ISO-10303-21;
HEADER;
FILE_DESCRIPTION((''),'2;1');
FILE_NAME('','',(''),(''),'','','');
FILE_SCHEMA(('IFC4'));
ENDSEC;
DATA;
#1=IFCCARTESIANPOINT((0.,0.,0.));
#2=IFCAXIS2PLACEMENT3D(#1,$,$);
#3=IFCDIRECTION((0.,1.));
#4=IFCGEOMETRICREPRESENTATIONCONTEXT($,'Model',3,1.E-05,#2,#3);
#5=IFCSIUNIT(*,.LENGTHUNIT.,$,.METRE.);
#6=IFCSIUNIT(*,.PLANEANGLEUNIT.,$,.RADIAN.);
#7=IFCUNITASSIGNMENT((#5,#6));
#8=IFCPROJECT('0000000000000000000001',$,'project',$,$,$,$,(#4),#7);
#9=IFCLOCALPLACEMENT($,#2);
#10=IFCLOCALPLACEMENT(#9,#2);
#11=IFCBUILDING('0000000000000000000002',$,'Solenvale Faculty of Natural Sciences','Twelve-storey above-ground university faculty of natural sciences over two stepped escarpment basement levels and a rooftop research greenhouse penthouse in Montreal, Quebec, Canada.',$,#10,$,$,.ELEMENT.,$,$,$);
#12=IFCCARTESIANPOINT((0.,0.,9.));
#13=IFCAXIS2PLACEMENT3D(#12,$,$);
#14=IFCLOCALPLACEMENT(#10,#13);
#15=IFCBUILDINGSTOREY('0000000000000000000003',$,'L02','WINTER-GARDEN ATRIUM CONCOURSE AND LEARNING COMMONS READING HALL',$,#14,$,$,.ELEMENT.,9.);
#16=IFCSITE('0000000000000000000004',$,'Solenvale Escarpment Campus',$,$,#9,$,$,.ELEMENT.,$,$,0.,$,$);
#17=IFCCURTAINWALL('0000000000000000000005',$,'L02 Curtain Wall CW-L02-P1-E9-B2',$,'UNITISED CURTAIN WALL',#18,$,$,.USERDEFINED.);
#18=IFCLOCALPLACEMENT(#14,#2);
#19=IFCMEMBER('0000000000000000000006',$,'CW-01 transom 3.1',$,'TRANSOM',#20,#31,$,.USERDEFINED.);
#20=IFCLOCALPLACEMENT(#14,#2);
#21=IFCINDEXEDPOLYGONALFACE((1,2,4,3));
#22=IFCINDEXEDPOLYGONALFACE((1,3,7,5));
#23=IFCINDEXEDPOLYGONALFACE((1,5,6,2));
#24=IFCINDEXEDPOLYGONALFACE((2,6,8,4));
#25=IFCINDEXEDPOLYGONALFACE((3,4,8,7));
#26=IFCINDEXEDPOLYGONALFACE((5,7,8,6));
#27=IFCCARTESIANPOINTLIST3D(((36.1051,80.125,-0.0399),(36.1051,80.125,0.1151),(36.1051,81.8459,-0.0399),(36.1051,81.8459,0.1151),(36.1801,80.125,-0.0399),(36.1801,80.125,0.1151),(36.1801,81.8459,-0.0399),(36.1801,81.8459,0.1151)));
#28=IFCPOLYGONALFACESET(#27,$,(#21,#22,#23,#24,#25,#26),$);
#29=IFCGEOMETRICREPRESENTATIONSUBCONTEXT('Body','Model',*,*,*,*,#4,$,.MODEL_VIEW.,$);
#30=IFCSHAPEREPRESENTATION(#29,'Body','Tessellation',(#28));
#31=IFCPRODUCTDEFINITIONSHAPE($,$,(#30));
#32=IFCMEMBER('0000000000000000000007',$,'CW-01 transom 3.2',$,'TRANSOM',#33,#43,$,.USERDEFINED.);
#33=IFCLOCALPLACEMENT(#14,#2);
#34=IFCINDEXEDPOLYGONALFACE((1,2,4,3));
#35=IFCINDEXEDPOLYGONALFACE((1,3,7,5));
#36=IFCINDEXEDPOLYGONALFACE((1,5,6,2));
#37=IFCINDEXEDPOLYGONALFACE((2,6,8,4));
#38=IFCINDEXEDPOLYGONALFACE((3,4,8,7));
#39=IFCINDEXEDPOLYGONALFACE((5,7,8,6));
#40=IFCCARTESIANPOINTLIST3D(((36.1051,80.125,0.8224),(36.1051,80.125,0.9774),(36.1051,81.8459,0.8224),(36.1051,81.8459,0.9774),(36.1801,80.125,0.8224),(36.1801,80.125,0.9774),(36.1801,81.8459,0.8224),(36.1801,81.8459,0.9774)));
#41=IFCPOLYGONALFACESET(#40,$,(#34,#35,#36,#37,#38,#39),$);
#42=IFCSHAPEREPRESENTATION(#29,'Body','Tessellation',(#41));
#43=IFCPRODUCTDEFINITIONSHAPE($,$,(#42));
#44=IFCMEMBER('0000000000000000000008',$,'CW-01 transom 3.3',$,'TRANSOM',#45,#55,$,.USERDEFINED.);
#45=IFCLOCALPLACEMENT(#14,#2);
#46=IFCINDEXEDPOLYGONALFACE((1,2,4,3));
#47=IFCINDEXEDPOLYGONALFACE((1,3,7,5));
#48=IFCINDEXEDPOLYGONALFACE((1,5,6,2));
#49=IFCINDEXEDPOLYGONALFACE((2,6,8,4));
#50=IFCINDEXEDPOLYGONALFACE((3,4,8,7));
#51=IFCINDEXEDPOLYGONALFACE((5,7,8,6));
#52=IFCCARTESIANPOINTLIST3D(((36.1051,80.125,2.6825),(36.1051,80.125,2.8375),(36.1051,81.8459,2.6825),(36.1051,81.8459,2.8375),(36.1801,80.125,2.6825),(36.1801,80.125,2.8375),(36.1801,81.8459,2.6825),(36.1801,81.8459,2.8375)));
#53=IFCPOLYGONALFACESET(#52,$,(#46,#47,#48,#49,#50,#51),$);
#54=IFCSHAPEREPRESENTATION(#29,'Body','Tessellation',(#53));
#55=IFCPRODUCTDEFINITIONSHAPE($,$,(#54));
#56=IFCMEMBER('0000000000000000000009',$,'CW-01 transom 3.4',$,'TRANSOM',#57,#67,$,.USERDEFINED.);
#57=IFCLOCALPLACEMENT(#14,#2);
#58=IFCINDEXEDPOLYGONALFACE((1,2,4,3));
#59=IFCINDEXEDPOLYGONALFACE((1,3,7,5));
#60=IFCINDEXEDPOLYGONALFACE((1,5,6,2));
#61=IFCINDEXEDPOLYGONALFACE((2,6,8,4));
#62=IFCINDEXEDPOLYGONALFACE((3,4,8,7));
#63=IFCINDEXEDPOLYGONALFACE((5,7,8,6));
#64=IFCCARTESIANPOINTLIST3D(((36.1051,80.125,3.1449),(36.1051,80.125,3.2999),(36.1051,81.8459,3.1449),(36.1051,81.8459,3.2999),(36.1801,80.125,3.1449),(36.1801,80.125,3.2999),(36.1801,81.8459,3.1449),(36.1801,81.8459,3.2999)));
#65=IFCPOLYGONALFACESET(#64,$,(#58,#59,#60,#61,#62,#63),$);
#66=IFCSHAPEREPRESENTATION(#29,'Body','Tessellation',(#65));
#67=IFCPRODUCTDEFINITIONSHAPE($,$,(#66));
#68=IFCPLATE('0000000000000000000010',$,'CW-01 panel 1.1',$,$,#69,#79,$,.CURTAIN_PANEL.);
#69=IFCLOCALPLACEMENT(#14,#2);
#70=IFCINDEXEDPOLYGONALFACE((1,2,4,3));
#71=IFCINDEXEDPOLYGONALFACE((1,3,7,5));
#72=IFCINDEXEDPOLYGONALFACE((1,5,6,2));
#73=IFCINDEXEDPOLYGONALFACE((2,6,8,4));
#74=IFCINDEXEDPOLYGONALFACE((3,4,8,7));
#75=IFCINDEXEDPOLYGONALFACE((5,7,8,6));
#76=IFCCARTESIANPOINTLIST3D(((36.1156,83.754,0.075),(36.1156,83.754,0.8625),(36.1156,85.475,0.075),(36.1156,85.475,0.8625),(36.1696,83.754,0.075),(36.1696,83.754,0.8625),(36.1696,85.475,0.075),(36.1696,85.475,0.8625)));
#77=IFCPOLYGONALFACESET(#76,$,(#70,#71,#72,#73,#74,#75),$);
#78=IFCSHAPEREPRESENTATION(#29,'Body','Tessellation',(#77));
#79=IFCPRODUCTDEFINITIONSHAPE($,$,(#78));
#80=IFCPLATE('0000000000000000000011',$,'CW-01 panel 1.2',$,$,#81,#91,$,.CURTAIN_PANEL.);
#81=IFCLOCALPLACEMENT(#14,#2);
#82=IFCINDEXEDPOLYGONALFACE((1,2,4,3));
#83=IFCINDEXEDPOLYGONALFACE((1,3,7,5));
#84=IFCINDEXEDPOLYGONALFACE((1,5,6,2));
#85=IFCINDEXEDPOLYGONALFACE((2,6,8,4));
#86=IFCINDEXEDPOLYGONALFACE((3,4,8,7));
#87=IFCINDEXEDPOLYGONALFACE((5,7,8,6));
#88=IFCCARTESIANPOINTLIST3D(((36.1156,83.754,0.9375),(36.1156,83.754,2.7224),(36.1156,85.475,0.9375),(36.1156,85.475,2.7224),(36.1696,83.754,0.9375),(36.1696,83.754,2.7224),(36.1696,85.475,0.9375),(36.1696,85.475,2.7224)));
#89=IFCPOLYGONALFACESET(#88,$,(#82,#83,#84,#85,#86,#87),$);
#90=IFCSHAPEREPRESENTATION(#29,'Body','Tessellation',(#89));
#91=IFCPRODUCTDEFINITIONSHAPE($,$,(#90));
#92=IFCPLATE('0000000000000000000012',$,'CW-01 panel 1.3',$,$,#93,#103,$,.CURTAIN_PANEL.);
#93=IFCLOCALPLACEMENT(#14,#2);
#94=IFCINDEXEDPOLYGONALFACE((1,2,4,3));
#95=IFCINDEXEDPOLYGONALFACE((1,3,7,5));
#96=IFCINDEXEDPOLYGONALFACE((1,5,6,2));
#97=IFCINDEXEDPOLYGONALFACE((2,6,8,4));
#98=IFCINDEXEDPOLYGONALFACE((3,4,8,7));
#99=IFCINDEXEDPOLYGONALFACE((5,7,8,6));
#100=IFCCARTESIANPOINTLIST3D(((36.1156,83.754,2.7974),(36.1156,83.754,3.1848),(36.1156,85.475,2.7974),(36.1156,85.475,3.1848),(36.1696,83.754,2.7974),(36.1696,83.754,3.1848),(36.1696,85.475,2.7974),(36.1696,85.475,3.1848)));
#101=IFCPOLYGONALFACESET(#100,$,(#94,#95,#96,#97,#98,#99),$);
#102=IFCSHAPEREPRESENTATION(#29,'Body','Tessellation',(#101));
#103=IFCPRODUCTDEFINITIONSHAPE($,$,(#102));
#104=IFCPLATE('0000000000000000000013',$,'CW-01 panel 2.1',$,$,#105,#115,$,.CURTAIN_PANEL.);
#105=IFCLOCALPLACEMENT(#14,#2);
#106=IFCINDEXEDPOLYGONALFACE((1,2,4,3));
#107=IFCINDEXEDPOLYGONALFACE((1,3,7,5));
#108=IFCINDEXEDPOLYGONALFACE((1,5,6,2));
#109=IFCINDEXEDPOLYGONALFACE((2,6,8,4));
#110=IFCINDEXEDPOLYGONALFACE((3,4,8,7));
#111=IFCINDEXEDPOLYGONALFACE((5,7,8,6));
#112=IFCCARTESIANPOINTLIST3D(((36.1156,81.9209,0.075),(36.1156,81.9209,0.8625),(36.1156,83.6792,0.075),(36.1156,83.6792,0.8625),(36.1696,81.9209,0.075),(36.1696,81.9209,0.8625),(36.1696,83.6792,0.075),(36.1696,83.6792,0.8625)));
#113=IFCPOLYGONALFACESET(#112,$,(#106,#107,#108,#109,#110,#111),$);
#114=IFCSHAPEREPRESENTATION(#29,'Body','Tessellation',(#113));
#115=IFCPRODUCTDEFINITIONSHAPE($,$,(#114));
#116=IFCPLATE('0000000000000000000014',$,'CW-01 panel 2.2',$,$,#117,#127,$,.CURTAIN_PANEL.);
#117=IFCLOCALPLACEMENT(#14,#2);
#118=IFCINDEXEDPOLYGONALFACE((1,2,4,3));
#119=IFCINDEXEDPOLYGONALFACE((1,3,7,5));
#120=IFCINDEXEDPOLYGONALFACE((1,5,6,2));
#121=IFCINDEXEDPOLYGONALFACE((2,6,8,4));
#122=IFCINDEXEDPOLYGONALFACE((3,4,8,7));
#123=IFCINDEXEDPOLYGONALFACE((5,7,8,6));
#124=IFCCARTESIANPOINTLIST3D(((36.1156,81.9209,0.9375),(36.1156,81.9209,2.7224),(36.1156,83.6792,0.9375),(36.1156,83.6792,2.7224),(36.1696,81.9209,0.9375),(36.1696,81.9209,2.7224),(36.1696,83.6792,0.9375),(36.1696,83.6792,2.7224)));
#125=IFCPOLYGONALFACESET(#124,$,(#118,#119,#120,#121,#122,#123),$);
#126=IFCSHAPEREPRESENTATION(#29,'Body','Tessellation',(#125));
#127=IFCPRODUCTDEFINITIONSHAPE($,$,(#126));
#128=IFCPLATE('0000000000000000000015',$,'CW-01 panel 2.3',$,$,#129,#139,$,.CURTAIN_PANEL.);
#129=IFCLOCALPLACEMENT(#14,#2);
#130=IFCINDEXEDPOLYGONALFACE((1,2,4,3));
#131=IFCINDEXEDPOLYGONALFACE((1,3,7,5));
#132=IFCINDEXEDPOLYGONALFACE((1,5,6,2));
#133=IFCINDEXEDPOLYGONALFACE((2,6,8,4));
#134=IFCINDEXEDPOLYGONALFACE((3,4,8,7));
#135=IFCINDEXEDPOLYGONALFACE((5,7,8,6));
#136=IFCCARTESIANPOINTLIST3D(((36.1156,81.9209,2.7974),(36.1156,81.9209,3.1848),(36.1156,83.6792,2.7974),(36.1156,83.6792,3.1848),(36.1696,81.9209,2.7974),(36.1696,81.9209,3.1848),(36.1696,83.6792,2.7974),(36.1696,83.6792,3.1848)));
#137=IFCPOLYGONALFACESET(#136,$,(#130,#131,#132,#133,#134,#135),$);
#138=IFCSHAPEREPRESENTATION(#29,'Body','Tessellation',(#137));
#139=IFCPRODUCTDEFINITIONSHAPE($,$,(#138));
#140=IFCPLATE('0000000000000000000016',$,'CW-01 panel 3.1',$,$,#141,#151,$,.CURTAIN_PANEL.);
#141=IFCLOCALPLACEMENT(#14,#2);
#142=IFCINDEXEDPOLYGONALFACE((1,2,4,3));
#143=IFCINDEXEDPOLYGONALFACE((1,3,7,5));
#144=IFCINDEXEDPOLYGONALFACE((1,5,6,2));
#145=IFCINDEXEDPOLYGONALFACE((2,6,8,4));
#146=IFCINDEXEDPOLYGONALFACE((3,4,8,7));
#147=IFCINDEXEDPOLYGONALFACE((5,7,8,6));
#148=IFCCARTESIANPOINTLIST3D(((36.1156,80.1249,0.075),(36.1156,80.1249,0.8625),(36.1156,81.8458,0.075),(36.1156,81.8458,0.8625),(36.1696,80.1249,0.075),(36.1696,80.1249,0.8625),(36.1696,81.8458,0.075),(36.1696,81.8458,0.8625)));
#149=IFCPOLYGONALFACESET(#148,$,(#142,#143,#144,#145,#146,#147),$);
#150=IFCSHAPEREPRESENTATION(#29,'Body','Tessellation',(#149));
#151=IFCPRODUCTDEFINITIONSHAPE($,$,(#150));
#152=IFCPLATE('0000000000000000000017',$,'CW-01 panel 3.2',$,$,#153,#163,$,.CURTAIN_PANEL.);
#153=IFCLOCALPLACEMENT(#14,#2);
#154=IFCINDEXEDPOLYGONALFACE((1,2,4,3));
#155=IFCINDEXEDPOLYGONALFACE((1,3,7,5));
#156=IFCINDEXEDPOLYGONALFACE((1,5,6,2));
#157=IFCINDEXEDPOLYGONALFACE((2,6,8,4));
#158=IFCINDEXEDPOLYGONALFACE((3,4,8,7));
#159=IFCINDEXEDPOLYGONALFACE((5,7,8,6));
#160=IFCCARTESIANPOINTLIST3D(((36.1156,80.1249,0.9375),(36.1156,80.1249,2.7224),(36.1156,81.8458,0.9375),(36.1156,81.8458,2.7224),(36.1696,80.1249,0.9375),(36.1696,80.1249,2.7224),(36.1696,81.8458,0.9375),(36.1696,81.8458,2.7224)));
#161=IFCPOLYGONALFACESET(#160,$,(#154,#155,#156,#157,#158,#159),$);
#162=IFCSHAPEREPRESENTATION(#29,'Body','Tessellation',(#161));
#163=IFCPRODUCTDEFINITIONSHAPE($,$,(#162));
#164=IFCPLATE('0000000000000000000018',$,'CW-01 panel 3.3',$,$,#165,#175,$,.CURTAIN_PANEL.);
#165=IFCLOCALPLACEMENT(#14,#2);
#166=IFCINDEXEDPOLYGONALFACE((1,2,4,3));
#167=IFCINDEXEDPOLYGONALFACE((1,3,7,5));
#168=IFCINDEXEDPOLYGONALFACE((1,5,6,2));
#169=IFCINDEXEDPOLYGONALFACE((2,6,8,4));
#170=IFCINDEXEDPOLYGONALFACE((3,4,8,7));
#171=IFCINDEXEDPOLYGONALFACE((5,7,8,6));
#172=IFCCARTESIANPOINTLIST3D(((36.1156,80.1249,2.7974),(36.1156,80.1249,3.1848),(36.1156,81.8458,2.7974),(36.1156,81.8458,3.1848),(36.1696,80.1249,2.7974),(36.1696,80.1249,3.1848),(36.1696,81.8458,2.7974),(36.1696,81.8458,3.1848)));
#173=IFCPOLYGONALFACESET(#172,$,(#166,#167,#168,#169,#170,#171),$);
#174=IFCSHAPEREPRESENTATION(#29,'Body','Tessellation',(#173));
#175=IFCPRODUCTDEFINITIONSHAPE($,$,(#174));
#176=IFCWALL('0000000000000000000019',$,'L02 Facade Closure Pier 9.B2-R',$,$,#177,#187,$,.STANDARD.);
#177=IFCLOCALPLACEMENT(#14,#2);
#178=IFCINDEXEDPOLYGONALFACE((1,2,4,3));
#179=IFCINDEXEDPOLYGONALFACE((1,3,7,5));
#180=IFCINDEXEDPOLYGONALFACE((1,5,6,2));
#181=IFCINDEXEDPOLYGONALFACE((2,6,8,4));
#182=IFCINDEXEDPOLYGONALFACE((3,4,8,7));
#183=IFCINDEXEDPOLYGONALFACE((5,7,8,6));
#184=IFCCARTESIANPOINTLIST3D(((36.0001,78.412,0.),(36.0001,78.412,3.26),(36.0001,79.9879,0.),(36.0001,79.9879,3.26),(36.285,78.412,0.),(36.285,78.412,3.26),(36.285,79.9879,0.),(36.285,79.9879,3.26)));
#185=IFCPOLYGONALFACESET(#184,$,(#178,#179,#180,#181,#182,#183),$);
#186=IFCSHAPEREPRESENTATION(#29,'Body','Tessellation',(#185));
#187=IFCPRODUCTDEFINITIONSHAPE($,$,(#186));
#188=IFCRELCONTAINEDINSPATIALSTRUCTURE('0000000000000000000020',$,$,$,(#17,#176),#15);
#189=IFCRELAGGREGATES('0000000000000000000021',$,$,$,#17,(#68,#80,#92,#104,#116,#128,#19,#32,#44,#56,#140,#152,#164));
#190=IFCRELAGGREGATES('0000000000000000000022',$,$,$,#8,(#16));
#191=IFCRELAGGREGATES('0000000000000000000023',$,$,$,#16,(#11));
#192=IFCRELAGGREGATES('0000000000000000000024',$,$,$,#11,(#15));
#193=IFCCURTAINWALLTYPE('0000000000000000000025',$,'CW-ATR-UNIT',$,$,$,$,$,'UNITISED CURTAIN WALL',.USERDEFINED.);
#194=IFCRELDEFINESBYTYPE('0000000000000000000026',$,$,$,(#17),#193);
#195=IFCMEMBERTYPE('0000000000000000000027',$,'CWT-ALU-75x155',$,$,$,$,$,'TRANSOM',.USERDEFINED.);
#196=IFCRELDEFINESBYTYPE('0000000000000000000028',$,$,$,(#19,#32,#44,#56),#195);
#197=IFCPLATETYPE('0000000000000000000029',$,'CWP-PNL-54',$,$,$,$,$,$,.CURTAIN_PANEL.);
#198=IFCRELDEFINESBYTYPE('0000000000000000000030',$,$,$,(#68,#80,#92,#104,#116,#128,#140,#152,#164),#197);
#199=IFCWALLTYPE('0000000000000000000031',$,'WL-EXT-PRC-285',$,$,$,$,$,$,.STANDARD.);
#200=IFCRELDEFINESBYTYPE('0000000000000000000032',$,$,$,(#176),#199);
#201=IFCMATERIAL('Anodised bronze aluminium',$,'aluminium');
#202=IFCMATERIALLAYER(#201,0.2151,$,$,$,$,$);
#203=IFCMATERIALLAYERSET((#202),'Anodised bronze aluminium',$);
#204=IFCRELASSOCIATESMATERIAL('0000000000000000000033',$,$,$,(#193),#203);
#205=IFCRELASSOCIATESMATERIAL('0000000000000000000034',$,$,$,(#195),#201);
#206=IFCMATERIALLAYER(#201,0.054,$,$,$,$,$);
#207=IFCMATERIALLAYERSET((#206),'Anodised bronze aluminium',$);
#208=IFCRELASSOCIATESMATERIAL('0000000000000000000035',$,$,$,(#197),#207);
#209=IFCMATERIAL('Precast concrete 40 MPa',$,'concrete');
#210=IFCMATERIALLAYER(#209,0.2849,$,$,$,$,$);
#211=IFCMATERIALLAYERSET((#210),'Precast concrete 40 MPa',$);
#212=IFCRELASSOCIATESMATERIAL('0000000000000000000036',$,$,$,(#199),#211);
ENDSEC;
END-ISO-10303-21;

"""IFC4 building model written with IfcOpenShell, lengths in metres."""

from ifc_helpers import new_model, si_unit, direction, frame, frame_2d, origin, origin_2d, place, context, subcontext, project, spatial, rectangle, extrude, material, layer, layer_set, material_profile, profile_set, type_object, element, aggregate, save


model = new_model("IFC4")

# Units and contexts
model_context = context("Model", 3, precision=1e-05, world=origin(), true_north=direction((0.0, 1.0)))
body_context = subcontext(model_context, "Body", "Model", "MODEL_VIEW")
ifc_project = project(units=[si_unit("LENGTHUNIT", "METRE"), si_unit("PLANEANGLEUNIT", "RADIAN")], contexts=[model_context])

# Site, building, storey
site_placement = place(None, origin())
site = spatial("IfcSite", under=ifc_project, at=site_placement, Name="Solenvale Escarpment Campus", CompositionType="ELEMENT", RefElevation=0.0)
building_placement = place(site_placement, origin())
building = spatial("IfcBuilding", under=site, at=building_placement, Name="Solenvale Faculty of Natural Sciences", Description="Twelve-storey above-ground university faculty of natural sciences over two stepped escarpment basement levels and a rooftop research greenhouse penthouse in Montreal, Quebec, Canada.", CompositionType="ELEMENT")
storey_placement = place(building_placement, frame((0.0, 0.0, 9.0)))
storey = spatial("IfcBuildingStorey", under=building, at=storey_placement, Name="L02", Description="WINTER-GARDEN ATRIUM CONCOURSE AND LEARNING COMMONS READING HALL", CompositionType="ELEMENT", Elevation=9.0)

# Curtain wall
ifc_material_1 = material(Name="Anodised bronze aluminium", Category="aluminium")
ifc_layer_1 = layer(ifc_material_1, 0.2151)
ifc_layer_set_1 = layer_set([ifc_layer_1], Name="Anodised bronze aluminium")
curtain_wall_type = type_object("IfcCurtainWallType", Name="CW-ATR-UNIT", ElementType="UNITISED CURTAIN WALL", PredefinedType="USERDEFINED", material=ifc_layer_set_1)
curtain_wall_1_placement = place(storey_placement, origin())
curtain_wall_1 = element("IfcCurtainWall", 1, at=curtain_wall_1_placement, inside=storey, type_object=curtain_wall_type, Name="L02 Curtain Wall CW-L02-P1-E9-B2", ObjectType="UNITISED CURTAIN WALL", PredefinedType="USERDEFINED")

# Members
ifc_material_profile_1 = material_profile(ifc_material_1, rectangle(XDim=0.075, YDim=0.155, at=origin_2d()), Name="ALU-TRN-75x155")
ifc_profile_set_1 = profile_set([ifc_material_profile_1], Name="Anodised bronze aluminium")
member_type_1 = type_object("IfcMemberType", Name="CWT-ALU-75x155", ElementType="TRANSOM", PredefinedType="USERDEFINED", material=ifc_profile_set_1)
member_1_placement = place(storey_placement, frame((36.1426, 81.8459, 0.0376), z_axis=(0.0, -1.0, 0.0), x_axis=(1.0, 0.0, 0.0)))
member_1 = element("IfcMember", 2, at=member_1_placement, type_object=member_type_1, Name="CW-01 transom 3.1", ObjectType="TRANSOM", PredefinedType="USERDEFINED", context=body_context, shape_type="SweptSolid", body=[
    extrude(rectangle(XDim=0.075, YDim=0.155, at=origin_2d()), origin(), (0.0, 0.0, 1.0), 1.7209),
])
member_2_placement = place(storey_placement, frame((36.1426, 81.8459, 0.8999), z_axis=(0.0, -1.0, 0.0), x_axis=(1.0, 0.0, 0.0)))
member_2 = element("IfcMember", 3, at=member_2_placement, type_object=member_type_1, Name="CW-01 transom 3.2", ObjectType="TRANSOM", PredefinedType="USERDEFINED", context=body_context, shape_type="SweptSolid", body=[
    extrude(rectangle(XDim=0.075, YDim=0.155, at=origin_2d()), origin(), (0.0, 0.0, 1.0), 1.7209),
])
member_3_placement = place(storey_placement, frame((36.1426, 81.8459, 2.76), z_axis=(0.0, -1.0, 0.0), x_axis=(1.0, 0.0, 0.0)))
member_3 = element("IfcMember", 4, at=member_3_placement, type_object=member_type_1, Name="CW-01 transom 3.3", ObjectType="TRANSOM", PredefinedType="USERDEFINED", context=body_context, shape_type="SweptSolid", body=[
    extrude(rectangle(XDim=0.075, YDim=0.155, at=origin_2d()), origin(), (0.0, 0.0, 1.0), 1.7209),
])
member_4_placement = place(storey_placement, frame((36.1426, 81.8459, 3.2224), z_axis=(0.0, -1.0, 0.0), x_axis=(1.0, 0.0, 0.0)))
member_4 = element("IfcMember", 5, at=member_4_placement, type_object=member_type_1, Name="CW-01 transom 3.4", ObjectType="TRANSOM", PredefinedType="USERDEFINED", context=body_context, shape_type="SweptSolid", body=[
    extrude(rectangle(XDim=0.075, YDim=0.155, at=origin_2d()), origin(), (0.0, 0.0, 1.0), 1.7209),
])

# Plates
ifc_layer_2 = layer(ifc_material_1, 0.054)
ifc_layer_set_2 = layer_set([ifc_layer_2], Name="Anodised bronze aluminium")
plate_type = type_object("IfcPlateType", Name="CWP-PNL-54", PredefinedType="CURTAIN_PANEL", material=ifc_layer_set_2)
plate_1_placement = place(storey_placement, frame((36.1426, 84.6145, 0.075), z_axis=(0.0, 0.0, 1.0), x_axis=(0.0, -1.0, 0.0)))
plate_1 = element("IfcPlate", 6, at=plate_1_placement, type_object=plate_type, Name="CW-01 panel 1.1", PredefinedType="CURTAIN_PANEL", context=body_context, shape_type="SweptSolid", body=[
    extrude(rectangle(XDim=1.7209, YDim=0.054, at=origin_2d()), origin(), (0.0, 0.0, 1.0), 0.7876),
])
plate_2_placement = place(storey_placement, frame((36.1426, 84.6145, 0.9375), z_axis=(0.0, 0.0, 1.0), x_axis=(0.0, -1.0, 0.0)))
plate_2 = element("IfcPlate", 7, at=plate_2_placement, type_object=plate_type, Name="CW-01 panel 1.2", PredefinedType="CURTAIN_PANEL", context=body_context, shape_type="SweptSolid", body=[
    extrude(rectangle(XDim=1.7209, YDim=0.054, at=origin_2d()), origin(), (0.0, 0.0, 1.0), 1.7849),
])
plate_3_placement = place(storey_placement, frame((36.1426, 84.6145, 2.7974), z_axis=(0.0, 0.0, 1.0), x_axis=(0.0, -1.0, 0.0)))
plate_3 = element("IfcPlate", 8, at=plate_3_placement, type_object=plate_type, Name="CW-01 panel 1.3", PredefinedType="CURTAIN_PANEL", context=body_context, shape_type="SweptSolid", body=[
    extrude(rectangle(XDim=1.7209, YDim=0.054, at=origin_2d()), origin(), (0.0, 0.0, 1.0), 0.3875),
])
plate_4_placement = place(storey_placement, frame((36.1426, 82.8, 0.075), z_axis=(0.0, 0.0, 1.0), x_axis=(0.0, -1.0, 0.0)))
plate_4 = element("IfcPlate", 9, at=plate_4_placement, type_object=plate_type, Name="CW-01 panel 2.1", PredefinedType="CURTAIN_PANEL", context=body_context, shape_type="SweptSolid", body=[
    extrude(rectangle(XDim=1.7583, YDim=0.054, at=origin_2d()), origin(), (0.0, 0.0, 1.0), 0.7876),
])
plate_5_placement = place(storey_placement, frame((36.1426, 82.8, 0.9375), z_axis=(0.0, 0.0, 1.0), x_axis=(0.0, -1.0, 0.0)))
plate_5 = element("IfcPlate", 10, at=plate_5_placement, type_object=plate_type, Name="CW-01 panel 2.2", PredefinedType="CURTAIN_PANEL", context=body_context, shape_type="SweptSolid", body=[
    extrude(rectangle(XDim=1.7583, YDim=0.054, at=origin_2d()), origin(), (0.0, 0.0, 1.0), 1.7849),
])
plate_6_placement = place(storey_placement, frame((36.1426, 82.8, 2.7974), z_axis=(0.0, 0.0, 1.0), x_axis=(0.0, -1.0, 0.0)))
plate_6 = element("IfcPlate", 11, at=plate_6_placement, type_object=plate_type, Name="CW-01 panel 2.3", PredefinedType="CURTAIN_PANEL", context=body_context, shape_type="SweptSolid", body=[
    extrude(rectangle(XDim=1.7583, YDim=0.054, at=origin_2d()), origin(), (0.0, 0.0, 1.0), 0.3875),
])
plate_7_placement = place(storey_placement, frame((36.1426, 80.9854, 0.075), z_axis=(0.0, 0.0, 1.0), x_axis=(0.0, -1.0, 0.0)))
plate_7 = element("IfcPlate", 12, at=plate_7_placement, type_object=plate_type, Name="CW-01 panel 3.1", PredefinedType="CURTAIN_PANEL", context=body_context, shape_type="SweptSolid", body=[
    extrude(rectangle(XDim=1.7209, YDim=0.054, at=origin_2d()), origin(), (0.0, 0.0, 1.0), 0.7876),
])
plate_8_placement = place(storey_placement, frame((36.1426, 80.9854, 0.9375), z_axis=(0.0, 0.0, 1.0), x_axis=(0.0, -1.0, 0.0)))
plate_8 = element("IfcPlate", 13, at=plate_8_placement, type_object=plate_type, Name="CW-01 panel 3.2", PredefinedType="CURTAIN_PANEL", context=body_context, shape_type="SweptSolid", body=[
    extrude(rectangle(XDim=1.7209, YDim=0.054, at=origin_2d()), origin(), (0.0, 0.0, 1.0), 1.7849),
])
plate_9_placement = place(storey_placement, frame((36.1426, 80.9854, 2.7974), z_axis=(0.0, 0.0, 1.0), x_axis=(0.0, -1.0, 0.0)))
plate_9 = element("IfcPlate", 14, at=plate_9_placement, type_object=plate_type, Name="CW-01 panel 3.3", PredefinedType="CURTAIN_PANEL", context=body_context, shape_type="SweptSolid", body=[
    extrude(rectangle(XDim=1.7209, YDim=0.054, at=origin_2d()), origin(), (0.0, 0.0, 1.0), 0.3875),
])
aggregate(curtain_wall_1, [plate_1, plate_2, plate_3, plate_4, plate_5, plate_6, member_1, member_2, member_3, member_4, plate_7, plate_8, plate_9])

# Wall
ifc_material_2 = material(Name="Precast concrete 40 MPa", Category="concrete")
ifc_layer_3 = layer(ifc_material_2, 0.2849)
ifc_layer_set_3 = layer_set([ifc_layer_3], Name="Precast concrete 40 MPa")
wall_type = type_object("IfcWallType", Name="WL-EXT-PRC-285", PredefinedType="STANDARD", material=ifc_layer_set_3)
wall_placement = place(storey_placement, frame((36.1426, 79.988, 0.0), z_axis=(0.0, 0.0, 1.0), x_axis=(0.0, -1.0, 0.0)))
element("IfcWall", 15, at=wall_placement, inside=storey, type_object=wall_type, Name="L02 Facade Closure Pier 9.B2-R", PredefinedType="STANDARD", context=body_context, shape_type="SweptSolid", body=[
    extrude(rectangle(XDim=1.5759, YDim=0.2849, at=frame_2d((0.7881, 0.0))), origin(), (0.0, 0.0, 1.0), 3.26),
])

save(model, "model.ifc")
